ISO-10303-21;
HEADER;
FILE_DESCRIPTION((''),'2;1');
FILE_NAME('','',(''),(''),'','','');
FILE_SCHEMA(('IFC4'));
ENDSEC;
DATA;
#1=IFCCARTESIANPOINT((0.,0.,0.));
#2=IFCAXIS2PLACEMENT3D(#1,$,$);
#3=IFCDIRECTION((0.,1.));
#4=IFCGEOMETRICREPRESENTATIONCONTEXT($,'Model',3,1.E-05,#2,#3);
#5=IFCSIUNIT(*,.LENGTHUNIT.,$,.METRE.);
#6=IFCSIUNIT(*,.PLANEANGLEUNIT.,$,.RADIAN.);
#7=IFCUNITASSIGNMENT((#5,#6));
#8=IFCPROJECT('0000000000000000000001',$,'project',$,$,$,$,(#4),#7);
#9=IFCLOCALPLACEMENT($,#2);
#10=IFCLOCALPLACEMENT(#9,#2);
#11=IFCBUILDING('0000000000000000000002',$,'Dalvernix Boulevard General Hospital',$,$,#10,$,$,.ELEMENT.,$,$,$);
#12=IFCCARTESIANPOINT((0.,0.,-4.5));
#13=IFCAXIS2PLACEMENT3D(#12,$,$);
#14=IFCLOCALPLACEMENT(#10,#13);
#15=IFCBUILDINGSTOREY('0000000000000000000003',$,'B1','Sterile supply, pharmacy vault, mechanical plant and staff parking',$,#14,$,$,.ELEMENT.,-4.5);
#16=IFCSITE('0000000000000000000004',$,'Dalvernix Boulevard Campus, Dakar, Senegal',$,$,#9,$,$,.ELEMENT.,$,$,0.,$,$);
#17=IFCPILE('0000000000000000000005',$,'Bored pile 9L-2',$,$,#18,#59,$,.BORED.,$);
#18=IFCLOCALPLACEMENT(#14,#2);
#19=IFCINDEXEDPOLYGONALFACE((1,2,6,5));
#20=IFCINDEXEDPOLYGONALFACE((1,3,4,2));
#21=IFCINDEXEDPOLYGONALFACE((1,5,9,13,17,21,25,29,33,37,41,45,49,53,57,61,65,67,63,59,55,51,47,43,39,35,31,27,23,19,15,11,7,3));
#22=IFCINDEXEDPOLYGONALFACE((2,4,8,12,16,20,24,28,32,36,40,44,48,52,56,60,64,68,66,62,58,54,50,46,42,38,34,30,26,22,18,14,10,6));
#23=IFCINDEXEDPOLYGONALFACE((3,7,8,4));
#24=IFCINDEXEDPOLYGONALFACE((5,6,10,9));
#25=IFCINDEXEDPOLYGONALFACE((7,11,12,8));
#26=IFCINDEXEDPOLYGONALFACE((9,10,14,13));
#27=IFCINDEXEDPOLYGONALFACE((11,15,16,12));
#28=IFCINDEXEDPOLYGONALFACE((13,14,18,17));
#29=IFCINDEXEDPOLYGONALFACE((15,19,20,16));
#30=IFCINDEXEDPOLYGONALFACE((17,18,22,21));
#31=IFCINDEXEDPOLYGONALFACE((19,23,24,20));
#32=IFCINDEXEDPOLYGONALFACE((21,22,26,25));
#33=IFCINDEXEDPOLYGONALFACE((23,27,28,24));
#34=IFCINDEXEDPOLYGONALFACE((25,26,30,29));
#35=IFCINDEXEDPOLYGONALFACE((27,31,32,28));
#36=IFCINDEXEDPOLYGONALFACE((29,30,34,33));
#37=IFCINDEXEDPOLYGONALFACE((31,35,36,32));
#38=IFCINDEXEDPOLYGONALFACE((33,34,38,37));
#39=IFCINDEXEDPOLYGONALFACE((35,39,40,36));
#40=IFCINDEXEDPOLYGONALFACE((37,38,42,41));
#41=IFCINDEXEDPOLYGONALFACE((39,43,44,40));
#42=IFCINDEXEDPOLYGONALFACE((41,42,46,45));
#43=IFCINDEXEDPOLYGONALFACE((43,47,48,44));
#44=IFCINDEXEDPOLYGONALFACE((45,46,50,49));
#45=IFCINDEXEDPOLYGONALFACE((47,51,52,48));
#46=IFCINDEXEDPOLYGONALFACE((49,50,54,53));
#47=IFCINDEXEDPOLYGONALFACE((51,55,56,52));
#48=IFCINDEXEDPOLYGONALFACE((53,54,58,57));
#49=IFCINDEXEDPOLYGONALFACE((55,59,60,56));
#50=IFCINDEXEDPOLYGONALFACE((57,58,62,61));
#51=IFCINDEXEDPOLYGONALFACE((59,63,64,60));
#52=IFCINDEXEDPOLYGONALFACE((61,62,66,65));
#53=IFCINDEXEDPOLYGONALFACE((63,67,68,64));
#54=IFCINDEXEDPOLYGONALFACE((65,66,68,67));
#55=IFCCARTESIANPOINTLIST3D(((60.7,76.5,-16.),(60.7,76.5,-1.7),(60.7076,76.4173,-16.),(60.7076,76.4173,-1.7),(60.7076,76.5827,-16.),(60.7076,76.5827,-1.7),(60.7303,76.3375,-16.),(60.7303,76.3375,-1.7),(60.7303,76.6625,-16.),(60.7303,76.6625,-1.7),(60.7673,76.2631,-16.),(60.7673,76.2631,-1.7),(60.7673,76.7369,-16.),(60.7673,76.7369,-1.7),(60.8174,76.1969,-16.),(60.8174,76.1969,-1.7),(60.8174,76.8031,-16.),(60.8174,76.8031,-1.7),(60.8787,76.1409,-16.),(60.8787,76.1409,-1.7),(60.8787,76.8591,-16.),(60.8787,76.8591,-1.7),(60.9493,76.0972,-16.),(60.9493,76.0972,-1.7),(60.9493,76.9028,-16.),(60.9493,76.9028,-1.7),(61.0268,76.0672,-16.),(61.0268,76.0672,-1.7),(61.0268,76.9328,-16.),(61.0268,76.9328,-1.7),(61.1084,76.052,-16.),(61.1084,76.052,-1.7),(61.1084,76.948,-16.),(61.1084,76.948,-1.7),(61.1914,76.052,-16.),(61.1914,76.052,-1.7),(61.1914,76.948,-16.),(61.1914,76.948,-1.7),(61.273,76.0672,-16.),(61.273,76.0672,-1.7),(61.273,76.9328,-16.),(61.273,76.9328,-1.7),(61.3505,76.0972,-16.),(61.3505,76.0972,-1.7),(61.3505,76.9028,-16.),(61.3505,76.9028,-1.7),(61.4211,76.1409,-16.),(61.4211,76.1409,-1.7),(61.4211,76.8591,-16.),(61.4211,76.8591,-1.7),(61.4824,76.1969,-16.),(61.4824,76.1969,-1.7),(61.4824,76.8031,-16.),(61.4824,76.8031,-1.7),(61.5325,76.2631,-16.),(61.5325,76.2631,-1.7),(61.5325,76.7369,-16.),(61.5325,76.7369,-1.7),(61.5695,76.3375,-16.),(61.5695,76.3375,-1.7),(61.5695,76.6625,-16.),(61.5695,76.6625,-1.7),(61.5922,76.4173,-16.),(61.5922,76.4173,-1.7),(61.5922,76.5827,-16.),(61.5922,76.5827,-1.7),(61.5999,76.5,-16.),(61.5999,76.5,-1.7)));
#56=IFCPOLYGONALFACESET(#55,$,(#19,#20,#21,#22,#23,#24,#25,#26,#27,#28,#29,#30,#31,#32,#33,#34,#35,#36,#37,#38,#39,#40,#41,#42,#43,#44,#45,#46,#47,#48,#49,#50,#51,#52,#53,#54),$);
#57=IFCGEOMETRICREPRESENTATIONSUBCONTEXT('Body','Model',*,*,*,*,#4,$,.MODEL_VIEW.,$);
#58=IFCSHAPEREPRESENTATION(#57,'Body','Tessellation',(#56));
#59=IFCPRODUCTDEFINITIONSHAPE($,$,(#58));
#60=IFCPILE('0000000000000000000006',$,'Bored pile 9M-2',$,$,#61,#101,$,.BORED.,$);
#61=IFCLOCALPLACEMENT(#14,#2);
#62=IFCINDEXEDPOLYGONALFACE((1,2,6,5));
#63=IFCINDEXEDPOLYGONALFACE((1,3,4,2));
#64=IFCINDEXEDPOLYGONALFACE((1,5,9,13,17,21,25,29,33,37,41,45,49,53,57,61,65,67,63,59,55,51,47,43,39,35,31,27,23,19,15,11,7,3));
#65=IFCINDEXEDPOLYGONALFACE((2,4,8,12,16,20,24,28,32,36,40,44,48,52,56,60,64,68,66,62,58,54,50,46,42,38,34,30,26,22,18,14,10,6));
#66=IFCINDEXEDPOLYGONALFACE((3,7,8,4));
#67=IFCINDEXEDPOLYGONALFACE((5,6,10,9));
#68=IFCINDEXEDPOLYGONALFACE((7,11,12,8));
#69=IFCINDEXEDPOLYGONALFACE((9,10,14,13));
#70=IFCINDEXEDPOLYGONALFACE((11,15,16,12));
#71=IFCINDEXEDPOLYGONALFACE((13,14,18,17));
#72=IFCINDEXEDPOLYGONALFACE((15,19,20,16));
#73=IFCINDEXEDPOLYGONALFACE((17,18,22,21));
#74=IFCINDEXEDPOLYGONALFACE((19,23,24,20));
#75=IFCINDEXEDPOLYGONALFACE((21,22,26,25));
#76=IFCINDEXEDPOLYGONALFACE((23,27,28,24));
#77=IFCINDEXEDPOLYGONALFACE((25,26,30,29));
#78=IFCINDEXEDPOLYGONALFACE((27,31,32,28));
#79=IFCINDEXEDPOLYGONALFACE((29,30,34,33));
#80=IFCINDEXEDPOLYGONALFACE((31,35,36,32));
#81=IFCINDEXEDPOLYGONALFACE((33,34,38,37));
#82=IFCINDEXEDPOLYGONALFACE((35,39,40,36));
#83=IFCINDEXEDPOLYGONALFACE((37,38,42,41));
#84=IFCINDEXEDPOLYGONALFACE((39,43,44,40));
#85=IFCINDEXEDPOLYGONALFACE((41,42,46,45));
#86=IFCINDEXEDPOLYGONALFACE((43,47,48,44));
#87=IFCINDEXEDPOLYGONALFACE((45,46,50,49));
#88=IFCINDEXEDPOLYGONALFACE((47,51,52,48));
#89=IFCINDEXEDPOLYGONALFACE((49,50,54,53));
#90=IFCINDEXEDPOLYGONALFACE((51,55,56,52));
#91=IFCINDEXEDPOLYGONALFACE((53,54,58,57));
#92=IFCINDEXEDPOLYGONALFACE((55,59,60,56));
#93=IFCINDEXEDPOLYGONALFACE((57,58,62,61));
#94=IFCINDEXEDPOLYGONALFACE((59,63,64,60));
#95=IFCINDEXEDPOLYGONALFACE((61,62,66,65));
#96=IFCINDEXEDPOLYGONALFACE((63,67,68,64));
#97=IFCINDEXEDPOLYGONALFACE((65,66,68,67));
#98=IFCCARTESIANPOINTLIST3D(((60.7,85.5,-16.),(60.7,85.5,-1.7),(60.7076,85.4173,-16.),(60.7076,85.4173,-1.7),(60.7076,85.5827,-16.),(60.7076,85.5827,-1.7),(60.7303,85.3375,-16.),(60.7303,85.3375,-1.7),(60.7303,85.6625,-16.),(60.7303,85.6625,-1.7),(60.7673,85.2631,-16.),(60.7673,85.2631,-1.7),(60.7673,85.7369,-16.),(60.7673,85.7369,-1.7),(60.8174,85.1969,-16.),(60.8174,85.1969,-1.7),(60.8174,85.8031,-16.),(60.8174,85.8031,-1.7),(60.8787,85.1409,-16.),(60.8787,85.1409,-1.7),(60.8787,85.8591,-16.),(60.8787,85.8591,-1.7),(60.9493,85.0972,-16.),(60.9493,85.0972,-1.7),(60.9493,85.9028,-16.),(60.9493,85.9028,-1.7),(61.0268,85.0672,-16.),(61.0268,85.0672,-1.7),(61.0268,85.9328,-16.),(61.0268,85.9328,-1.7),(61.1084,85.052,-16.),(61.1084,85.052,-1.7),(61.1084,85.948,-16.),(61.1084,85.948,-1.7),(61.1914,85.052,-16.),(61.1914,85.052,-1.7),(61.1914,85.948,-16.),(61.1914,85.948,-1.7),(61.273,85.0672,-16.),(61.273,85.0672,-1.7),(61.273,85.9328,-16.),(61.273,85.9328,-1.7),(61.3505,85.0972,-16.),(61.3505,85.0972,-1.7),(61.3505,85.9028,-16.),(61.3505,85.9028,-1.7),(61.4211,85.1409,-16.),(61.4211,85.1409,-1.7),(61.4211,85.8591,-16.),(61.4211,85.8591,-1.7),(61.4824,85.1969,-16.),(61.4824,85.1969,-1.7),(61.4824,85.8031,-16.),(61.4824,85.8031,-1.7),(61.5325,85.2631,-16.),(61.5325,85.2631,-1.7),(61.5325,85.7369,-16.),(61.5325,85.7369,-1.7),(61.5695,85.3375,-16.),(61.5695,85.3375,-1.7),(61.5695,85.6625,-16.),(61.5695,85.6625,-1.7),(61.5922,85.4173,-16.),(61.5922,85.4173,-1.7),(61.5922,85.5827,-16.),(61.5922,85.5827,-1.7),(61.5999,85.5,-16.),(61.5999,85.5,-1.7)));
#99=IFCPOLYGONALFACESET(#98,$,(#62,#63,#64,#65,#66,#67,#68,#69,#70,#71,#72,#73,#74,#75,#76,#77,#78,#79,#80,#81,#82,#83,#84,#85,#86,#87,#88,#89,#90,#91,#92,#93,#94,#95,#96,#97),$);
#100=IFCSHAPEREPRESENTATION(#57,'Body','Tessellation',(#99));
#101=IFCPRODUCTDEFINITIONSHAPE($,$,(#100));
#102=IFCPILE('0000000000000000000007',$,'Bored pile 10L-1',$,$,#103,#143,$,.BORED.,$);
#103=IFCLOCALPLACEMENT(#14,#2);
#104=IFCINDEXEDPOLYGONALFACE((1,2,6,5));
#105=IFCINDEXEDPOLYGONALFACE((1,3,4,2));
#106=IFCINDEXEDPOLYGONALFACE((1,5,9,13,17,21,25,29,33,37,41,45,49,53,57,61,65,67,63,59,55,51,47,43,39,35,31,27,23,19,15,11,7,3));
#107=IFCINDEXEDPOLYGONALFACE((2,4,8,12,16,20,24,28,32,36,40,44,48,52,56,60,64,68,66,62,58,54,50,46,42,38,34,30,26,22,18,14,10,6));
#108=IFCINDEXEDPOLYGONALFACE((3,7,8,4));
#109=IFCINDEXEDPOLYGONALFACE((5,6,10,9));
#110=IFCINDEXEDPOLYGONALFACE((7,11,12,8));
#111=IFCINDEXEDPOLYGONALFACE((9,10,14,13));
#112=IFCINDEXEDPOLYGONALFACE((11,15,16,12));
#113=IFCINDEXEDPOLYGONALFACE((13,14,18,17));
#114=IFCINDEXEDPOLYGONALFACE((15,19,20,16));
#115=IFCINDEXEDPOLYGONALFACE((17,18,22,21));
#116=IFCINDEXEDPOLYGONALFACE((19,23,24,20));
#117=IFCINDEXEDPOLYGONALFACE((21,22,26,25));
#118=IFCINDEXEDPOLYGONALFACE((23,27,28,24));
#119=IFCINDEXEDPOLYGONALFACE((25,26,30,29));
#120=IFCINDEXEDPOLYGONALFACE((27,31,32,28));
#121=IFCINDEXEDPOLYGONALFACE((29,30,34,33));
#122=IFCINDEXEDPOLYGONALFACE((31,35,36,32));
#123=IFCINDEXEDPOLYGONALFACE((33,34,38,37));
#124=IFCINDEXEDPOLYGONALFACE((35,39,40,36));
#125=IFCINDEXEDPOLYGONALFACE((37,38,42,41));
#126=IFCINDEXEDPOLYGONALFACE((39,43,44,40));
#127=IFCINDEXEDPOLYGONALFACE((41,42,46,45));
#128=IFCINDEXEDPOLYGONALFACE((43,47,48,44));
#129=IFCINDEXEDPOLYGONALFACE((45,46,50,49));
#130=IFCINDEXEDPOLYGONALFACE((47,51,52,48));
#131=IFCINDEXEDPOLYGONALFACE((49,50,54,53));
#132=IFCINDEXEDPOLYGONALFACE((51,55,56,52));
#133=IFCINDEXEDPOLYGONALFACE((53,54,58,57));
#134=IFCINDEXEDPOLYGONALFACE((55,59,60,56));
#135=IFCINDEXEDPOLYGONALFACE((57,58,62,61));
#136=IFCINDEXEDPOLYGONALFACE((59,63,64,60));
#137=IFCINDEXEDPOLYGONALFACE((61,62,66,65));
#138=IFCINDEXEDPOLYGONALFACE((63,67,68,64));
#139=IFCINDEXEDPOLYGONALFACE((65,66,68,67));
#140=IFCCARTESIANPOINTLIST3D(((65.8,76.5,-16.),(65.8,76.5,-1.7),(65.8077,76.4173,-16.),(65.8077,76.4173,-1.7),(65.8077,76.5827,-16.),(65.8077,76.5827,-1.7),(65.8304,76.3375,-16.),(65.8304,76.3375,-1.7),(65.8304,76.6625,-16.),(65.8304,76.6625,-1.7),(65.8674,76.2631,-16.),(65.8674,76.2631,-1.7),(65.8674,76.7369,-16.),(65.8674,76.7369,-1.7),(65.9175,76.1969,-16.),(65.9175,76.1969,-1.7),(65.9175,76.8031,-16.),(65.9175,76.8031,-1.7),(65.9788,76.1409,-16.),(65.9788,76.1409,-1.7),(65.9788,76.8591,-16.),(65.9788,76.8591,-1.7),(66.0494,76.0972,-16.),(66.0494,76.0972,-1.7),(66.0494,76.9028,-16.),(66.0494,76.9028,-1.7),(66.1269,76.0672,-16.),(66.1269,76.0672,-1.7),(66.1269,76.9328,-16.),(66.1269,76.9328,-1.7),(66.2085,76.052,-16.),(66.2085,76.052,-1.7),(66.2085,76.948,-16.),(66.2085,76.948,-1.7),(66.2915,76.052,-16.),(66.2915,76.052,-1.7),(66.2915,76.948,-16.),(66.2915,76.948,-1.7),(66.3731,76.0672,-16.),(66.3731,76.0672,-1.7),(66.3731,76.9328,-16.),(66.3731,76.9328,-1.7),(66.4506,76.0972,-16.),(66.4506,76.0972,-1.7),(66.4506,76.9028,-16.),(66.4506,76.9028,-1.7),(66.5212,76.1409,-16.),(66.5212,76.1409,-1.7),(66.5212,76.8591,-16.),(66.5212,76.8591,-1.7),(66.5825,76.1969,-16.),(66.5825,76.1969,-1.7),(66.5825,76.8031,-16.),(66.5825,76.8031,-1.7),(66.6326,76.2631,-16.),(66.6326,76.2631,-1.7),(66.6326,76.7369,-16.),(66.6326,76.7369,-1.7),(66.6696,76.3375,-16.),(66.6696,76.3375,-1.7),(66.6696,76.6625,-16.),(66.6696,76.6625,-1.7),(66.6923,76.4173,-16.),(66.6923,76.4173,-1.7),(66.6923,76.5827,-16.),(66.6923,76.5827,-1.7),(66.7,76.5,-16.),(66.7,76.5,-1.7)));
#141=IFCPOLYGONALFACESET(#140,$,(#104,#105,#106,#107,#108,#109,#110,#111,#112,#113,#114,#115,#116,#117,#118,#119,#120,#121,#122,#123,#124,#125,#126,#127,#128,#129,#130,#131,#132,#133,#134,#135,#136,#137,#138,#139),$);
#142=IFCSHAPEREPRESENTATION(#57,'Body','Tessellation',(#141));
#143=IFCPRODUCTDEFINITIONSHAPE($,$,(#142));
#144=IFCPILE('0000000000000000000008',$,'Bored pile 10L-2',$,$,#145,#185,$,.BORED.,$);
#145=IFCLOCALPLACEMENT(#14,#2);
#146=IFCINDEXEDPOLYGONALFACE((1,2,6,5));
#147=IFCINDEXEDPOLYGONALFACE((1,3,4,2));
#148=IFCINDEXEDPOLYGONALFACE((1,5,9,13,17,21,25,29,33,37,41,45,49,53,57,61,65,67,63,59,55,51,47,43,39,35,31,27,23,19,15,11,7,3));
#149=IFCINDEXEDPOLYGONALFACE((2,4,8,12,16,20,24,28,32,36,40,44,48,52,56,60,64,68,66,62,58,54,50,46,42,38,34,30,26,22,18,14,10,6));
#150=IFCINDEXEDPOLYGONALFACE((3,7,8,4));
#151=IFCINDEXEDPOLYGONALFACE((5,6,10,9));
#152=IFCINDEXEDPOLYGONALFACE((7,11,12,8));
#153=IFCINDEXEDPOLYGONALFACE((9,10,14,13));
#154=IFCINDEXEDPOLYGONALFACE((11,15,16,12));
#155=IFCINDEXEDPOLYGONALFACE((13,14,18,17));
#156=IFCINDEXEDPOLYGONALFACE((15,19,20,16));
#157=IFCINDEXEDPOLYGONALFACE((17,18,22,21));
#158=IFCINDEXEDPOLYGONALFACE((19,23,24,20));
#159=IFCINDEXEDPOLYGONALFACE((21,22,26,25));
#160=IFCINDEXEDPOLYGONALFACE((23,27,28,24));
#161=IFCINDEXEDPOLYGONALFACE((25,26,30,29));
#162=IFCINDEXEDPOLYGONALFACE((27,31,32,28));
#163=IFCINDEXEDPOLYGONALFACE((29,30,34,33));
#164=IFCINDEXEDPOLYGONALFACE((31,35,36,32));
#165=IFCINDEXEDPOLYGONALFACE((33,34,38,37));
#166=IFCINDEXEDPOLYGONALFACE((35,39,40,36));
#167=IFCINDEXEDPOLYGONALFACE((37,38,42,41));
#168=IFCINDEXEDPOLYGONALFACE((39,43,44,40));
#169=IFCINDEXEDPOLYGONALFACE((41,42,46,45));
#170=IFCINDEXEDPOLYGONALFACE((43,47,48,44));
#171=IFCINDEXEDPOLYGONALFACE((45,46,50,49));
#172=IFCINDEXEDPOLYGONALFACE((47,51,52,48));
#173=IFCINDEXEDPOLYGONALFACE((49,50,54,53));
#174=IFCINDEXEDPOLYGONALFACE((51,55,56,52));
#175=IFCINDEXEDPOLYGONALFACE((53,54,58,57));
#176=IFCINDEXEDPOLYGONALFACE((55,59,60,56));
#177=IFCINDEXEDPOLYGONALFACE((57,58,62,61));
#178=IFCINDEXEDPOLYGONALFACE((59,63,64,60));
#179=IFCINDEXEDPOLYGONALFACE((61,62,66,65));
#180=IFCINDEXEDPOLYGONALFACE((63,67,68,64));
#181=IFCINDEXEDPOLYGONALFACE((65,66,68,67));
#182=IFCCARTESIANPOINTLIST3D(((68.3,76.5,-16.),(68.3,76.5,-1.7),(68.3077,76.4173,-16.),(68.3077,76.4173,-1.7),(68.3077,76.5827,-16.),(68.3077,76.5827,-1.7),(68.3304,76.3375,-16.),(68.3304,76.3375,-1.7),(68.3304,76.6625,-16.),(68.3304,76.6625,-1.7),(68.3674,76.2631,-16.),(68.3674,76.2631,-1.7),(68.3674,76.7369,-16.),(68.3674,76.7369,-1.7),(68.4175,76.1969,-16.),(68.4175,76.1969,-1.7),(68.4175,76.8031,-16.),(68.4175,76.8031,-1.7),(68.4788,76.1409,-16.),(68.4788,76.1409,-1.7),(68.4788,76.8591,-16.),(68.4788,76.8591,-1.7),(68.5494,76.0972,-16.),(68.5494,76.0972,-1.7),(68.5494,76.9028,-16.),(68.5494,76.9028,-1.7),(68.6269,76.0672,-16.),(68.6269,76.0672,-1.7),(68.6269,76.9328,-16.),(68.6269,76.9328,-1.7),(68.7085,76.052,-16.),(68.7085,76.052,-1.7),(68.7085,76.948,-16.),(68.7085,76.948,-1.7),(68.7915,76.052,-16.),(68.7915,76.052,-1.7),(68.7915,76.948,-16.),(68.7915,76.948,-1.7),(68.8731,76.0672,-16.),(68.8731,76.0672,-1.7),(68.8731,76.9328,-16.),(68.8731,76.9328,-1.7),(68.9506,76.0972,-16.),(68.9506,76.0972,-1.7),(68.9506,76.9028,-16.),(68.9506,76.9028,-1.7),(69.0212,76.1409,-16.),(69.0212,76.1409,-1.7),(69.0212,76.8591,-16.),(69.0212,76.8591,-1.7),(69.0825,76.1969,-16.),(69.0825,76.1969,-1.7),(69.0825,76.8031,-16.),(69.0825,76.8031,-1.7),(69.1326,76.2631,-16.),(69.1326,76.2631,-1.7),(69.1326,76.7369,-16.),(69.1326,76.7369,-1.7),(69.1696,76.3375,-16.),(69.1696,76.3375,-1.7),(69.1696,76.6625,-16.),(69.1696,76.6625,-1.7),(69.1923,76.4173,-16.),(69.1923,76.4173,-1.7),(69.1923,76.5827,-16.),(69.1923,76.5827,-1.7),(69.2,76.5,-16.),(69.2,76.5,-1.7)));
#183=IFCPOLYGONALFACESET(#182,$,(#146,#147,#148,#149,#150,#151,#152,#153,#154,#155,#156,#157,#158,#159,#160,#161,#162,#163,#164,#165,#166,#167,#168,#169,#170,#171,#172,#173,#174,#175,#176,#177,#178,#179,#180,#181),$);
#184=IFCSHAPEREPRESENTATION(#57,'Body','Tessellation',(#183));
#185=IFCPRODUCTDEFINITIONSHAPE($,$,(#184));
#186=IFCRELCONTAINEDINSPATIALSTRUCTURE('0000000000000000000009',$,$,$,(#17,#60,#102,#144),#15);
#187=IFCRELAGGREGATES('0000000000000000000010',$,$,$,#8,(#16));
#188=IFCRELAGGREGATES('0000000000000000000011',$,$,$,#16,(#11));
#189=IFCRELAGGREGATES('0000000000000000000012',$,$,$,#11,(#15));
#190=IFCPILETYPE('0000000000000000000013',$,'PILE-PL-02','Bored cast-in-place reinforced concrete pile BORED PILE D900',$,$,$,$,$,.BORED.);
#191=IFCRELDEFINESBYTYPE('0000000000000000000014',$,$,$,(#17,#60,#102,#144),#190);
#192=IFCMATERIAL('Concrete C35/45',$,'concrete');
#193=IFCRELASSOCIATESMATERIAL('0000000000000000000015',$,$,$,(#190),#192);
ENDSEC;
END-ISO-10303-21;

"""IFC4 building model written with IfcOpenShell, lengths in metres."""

from ifc_helpers import new_model, si_unit, direction, frame, origin, origin_2d, place, context, subcontext, project, spatial, circle, extrude, material, material_profile, profile_set, type_object, element, save


model = new_model("IFC4")

# Units and contexts
model_context = context("Model", 3, precision=1e-05, world=origin(), true_north=direction((0.0, 1.0)))
body_context = subcontext(model_context, "Body", "Model", "MODEL_VIEW")
ifc_project = project(units=[si_unit("LENGTHUNIT", "METRE"), si_unit("PLANEANGLEUNIT", "RADIAN")], contexts=[model_context])

# Site, building, storey
site_placement = place(None, origin())
site = spatial("IfcSite", under=ifc_project, at=site_placement, Name="Dalvernix Boulevard Campus, Dakar, Senegal", CompositionType="ELEMENT", RefElevation=0.0)
building_placement = place(site_placement, origin())
building = spatial("IfcBuilding", under=site, at=building_placement, Name="Dalvernix Boulevard General Hospital", CompositionType="ELEMENT")
storey_placement = place(building_placement, frame((0.0, 0.0, -4.5)))
storey = spatial("IfcBuildingStorey", under=building, at=storey_placement, Name="B1", Description="Sterile supply, pharmacy vault, mechanical plant and staff parking", CompositionType="ELEMENT", Elevation=-4.5)

# Shared definitions
ifc_material_1 = material(Name="Concrete C35/45", Category="concrete")

# Piles
ifc_material_profile_1 = material_profile(ifc_material_1, circle(Radius=0.45, at=origin_2d()), Name="BORED PILE D900")
ifc_profile_set_1 = profile_set([ifc_material_profile_1], Name="Concrete C35/45")
pile_type = type_object("IfcPileType", Name="PILE-PL-02", Description="Bored cast-in-place reinforced concrete pile BORED PILE D900", PredefinedType="BORED", material=ifc_profile_set_1)
for number, where, z_axis, x_axis, name in (
    (1, (61.1499, 76.5, -1.7), (0.0, 0.0, -1.0), (1.0, 0.0, 0.0), "Bored pile 9L-2"),
    (2, (61.1499, 85.5, -1.7), (0.0, 0.0, -1.0), (1.0, 0.0, 0.0), "Bored pile 9M-2"),
    (3, (66.25, 76.5, -1.7), (0.0, 0.0, -1.0), (1.0, 0.0, 0.0), "Bored pile 10L-1"),
    (4, (68.75, 76.5, -1.7), (0.0, 0.0, -1.0), (1.0, 0.0, 0.0), "Bored pile 10L-2"),
):
    element("IfcPile", number, at=place(storey_placement, frame(where, z_axis=z_axis, x_axis=x_axis)), inside=storey, type_object=pile_type, Name=name, PredefinedType="BORED", context=body_context, shape_type="SweptSolid", body=[
        extrude(circle(Radius=0.45, at=origin_2d()), origin(), (0.0, 0.0, 1.0), 14.3),
    ])

save(model, "model.ifc")
